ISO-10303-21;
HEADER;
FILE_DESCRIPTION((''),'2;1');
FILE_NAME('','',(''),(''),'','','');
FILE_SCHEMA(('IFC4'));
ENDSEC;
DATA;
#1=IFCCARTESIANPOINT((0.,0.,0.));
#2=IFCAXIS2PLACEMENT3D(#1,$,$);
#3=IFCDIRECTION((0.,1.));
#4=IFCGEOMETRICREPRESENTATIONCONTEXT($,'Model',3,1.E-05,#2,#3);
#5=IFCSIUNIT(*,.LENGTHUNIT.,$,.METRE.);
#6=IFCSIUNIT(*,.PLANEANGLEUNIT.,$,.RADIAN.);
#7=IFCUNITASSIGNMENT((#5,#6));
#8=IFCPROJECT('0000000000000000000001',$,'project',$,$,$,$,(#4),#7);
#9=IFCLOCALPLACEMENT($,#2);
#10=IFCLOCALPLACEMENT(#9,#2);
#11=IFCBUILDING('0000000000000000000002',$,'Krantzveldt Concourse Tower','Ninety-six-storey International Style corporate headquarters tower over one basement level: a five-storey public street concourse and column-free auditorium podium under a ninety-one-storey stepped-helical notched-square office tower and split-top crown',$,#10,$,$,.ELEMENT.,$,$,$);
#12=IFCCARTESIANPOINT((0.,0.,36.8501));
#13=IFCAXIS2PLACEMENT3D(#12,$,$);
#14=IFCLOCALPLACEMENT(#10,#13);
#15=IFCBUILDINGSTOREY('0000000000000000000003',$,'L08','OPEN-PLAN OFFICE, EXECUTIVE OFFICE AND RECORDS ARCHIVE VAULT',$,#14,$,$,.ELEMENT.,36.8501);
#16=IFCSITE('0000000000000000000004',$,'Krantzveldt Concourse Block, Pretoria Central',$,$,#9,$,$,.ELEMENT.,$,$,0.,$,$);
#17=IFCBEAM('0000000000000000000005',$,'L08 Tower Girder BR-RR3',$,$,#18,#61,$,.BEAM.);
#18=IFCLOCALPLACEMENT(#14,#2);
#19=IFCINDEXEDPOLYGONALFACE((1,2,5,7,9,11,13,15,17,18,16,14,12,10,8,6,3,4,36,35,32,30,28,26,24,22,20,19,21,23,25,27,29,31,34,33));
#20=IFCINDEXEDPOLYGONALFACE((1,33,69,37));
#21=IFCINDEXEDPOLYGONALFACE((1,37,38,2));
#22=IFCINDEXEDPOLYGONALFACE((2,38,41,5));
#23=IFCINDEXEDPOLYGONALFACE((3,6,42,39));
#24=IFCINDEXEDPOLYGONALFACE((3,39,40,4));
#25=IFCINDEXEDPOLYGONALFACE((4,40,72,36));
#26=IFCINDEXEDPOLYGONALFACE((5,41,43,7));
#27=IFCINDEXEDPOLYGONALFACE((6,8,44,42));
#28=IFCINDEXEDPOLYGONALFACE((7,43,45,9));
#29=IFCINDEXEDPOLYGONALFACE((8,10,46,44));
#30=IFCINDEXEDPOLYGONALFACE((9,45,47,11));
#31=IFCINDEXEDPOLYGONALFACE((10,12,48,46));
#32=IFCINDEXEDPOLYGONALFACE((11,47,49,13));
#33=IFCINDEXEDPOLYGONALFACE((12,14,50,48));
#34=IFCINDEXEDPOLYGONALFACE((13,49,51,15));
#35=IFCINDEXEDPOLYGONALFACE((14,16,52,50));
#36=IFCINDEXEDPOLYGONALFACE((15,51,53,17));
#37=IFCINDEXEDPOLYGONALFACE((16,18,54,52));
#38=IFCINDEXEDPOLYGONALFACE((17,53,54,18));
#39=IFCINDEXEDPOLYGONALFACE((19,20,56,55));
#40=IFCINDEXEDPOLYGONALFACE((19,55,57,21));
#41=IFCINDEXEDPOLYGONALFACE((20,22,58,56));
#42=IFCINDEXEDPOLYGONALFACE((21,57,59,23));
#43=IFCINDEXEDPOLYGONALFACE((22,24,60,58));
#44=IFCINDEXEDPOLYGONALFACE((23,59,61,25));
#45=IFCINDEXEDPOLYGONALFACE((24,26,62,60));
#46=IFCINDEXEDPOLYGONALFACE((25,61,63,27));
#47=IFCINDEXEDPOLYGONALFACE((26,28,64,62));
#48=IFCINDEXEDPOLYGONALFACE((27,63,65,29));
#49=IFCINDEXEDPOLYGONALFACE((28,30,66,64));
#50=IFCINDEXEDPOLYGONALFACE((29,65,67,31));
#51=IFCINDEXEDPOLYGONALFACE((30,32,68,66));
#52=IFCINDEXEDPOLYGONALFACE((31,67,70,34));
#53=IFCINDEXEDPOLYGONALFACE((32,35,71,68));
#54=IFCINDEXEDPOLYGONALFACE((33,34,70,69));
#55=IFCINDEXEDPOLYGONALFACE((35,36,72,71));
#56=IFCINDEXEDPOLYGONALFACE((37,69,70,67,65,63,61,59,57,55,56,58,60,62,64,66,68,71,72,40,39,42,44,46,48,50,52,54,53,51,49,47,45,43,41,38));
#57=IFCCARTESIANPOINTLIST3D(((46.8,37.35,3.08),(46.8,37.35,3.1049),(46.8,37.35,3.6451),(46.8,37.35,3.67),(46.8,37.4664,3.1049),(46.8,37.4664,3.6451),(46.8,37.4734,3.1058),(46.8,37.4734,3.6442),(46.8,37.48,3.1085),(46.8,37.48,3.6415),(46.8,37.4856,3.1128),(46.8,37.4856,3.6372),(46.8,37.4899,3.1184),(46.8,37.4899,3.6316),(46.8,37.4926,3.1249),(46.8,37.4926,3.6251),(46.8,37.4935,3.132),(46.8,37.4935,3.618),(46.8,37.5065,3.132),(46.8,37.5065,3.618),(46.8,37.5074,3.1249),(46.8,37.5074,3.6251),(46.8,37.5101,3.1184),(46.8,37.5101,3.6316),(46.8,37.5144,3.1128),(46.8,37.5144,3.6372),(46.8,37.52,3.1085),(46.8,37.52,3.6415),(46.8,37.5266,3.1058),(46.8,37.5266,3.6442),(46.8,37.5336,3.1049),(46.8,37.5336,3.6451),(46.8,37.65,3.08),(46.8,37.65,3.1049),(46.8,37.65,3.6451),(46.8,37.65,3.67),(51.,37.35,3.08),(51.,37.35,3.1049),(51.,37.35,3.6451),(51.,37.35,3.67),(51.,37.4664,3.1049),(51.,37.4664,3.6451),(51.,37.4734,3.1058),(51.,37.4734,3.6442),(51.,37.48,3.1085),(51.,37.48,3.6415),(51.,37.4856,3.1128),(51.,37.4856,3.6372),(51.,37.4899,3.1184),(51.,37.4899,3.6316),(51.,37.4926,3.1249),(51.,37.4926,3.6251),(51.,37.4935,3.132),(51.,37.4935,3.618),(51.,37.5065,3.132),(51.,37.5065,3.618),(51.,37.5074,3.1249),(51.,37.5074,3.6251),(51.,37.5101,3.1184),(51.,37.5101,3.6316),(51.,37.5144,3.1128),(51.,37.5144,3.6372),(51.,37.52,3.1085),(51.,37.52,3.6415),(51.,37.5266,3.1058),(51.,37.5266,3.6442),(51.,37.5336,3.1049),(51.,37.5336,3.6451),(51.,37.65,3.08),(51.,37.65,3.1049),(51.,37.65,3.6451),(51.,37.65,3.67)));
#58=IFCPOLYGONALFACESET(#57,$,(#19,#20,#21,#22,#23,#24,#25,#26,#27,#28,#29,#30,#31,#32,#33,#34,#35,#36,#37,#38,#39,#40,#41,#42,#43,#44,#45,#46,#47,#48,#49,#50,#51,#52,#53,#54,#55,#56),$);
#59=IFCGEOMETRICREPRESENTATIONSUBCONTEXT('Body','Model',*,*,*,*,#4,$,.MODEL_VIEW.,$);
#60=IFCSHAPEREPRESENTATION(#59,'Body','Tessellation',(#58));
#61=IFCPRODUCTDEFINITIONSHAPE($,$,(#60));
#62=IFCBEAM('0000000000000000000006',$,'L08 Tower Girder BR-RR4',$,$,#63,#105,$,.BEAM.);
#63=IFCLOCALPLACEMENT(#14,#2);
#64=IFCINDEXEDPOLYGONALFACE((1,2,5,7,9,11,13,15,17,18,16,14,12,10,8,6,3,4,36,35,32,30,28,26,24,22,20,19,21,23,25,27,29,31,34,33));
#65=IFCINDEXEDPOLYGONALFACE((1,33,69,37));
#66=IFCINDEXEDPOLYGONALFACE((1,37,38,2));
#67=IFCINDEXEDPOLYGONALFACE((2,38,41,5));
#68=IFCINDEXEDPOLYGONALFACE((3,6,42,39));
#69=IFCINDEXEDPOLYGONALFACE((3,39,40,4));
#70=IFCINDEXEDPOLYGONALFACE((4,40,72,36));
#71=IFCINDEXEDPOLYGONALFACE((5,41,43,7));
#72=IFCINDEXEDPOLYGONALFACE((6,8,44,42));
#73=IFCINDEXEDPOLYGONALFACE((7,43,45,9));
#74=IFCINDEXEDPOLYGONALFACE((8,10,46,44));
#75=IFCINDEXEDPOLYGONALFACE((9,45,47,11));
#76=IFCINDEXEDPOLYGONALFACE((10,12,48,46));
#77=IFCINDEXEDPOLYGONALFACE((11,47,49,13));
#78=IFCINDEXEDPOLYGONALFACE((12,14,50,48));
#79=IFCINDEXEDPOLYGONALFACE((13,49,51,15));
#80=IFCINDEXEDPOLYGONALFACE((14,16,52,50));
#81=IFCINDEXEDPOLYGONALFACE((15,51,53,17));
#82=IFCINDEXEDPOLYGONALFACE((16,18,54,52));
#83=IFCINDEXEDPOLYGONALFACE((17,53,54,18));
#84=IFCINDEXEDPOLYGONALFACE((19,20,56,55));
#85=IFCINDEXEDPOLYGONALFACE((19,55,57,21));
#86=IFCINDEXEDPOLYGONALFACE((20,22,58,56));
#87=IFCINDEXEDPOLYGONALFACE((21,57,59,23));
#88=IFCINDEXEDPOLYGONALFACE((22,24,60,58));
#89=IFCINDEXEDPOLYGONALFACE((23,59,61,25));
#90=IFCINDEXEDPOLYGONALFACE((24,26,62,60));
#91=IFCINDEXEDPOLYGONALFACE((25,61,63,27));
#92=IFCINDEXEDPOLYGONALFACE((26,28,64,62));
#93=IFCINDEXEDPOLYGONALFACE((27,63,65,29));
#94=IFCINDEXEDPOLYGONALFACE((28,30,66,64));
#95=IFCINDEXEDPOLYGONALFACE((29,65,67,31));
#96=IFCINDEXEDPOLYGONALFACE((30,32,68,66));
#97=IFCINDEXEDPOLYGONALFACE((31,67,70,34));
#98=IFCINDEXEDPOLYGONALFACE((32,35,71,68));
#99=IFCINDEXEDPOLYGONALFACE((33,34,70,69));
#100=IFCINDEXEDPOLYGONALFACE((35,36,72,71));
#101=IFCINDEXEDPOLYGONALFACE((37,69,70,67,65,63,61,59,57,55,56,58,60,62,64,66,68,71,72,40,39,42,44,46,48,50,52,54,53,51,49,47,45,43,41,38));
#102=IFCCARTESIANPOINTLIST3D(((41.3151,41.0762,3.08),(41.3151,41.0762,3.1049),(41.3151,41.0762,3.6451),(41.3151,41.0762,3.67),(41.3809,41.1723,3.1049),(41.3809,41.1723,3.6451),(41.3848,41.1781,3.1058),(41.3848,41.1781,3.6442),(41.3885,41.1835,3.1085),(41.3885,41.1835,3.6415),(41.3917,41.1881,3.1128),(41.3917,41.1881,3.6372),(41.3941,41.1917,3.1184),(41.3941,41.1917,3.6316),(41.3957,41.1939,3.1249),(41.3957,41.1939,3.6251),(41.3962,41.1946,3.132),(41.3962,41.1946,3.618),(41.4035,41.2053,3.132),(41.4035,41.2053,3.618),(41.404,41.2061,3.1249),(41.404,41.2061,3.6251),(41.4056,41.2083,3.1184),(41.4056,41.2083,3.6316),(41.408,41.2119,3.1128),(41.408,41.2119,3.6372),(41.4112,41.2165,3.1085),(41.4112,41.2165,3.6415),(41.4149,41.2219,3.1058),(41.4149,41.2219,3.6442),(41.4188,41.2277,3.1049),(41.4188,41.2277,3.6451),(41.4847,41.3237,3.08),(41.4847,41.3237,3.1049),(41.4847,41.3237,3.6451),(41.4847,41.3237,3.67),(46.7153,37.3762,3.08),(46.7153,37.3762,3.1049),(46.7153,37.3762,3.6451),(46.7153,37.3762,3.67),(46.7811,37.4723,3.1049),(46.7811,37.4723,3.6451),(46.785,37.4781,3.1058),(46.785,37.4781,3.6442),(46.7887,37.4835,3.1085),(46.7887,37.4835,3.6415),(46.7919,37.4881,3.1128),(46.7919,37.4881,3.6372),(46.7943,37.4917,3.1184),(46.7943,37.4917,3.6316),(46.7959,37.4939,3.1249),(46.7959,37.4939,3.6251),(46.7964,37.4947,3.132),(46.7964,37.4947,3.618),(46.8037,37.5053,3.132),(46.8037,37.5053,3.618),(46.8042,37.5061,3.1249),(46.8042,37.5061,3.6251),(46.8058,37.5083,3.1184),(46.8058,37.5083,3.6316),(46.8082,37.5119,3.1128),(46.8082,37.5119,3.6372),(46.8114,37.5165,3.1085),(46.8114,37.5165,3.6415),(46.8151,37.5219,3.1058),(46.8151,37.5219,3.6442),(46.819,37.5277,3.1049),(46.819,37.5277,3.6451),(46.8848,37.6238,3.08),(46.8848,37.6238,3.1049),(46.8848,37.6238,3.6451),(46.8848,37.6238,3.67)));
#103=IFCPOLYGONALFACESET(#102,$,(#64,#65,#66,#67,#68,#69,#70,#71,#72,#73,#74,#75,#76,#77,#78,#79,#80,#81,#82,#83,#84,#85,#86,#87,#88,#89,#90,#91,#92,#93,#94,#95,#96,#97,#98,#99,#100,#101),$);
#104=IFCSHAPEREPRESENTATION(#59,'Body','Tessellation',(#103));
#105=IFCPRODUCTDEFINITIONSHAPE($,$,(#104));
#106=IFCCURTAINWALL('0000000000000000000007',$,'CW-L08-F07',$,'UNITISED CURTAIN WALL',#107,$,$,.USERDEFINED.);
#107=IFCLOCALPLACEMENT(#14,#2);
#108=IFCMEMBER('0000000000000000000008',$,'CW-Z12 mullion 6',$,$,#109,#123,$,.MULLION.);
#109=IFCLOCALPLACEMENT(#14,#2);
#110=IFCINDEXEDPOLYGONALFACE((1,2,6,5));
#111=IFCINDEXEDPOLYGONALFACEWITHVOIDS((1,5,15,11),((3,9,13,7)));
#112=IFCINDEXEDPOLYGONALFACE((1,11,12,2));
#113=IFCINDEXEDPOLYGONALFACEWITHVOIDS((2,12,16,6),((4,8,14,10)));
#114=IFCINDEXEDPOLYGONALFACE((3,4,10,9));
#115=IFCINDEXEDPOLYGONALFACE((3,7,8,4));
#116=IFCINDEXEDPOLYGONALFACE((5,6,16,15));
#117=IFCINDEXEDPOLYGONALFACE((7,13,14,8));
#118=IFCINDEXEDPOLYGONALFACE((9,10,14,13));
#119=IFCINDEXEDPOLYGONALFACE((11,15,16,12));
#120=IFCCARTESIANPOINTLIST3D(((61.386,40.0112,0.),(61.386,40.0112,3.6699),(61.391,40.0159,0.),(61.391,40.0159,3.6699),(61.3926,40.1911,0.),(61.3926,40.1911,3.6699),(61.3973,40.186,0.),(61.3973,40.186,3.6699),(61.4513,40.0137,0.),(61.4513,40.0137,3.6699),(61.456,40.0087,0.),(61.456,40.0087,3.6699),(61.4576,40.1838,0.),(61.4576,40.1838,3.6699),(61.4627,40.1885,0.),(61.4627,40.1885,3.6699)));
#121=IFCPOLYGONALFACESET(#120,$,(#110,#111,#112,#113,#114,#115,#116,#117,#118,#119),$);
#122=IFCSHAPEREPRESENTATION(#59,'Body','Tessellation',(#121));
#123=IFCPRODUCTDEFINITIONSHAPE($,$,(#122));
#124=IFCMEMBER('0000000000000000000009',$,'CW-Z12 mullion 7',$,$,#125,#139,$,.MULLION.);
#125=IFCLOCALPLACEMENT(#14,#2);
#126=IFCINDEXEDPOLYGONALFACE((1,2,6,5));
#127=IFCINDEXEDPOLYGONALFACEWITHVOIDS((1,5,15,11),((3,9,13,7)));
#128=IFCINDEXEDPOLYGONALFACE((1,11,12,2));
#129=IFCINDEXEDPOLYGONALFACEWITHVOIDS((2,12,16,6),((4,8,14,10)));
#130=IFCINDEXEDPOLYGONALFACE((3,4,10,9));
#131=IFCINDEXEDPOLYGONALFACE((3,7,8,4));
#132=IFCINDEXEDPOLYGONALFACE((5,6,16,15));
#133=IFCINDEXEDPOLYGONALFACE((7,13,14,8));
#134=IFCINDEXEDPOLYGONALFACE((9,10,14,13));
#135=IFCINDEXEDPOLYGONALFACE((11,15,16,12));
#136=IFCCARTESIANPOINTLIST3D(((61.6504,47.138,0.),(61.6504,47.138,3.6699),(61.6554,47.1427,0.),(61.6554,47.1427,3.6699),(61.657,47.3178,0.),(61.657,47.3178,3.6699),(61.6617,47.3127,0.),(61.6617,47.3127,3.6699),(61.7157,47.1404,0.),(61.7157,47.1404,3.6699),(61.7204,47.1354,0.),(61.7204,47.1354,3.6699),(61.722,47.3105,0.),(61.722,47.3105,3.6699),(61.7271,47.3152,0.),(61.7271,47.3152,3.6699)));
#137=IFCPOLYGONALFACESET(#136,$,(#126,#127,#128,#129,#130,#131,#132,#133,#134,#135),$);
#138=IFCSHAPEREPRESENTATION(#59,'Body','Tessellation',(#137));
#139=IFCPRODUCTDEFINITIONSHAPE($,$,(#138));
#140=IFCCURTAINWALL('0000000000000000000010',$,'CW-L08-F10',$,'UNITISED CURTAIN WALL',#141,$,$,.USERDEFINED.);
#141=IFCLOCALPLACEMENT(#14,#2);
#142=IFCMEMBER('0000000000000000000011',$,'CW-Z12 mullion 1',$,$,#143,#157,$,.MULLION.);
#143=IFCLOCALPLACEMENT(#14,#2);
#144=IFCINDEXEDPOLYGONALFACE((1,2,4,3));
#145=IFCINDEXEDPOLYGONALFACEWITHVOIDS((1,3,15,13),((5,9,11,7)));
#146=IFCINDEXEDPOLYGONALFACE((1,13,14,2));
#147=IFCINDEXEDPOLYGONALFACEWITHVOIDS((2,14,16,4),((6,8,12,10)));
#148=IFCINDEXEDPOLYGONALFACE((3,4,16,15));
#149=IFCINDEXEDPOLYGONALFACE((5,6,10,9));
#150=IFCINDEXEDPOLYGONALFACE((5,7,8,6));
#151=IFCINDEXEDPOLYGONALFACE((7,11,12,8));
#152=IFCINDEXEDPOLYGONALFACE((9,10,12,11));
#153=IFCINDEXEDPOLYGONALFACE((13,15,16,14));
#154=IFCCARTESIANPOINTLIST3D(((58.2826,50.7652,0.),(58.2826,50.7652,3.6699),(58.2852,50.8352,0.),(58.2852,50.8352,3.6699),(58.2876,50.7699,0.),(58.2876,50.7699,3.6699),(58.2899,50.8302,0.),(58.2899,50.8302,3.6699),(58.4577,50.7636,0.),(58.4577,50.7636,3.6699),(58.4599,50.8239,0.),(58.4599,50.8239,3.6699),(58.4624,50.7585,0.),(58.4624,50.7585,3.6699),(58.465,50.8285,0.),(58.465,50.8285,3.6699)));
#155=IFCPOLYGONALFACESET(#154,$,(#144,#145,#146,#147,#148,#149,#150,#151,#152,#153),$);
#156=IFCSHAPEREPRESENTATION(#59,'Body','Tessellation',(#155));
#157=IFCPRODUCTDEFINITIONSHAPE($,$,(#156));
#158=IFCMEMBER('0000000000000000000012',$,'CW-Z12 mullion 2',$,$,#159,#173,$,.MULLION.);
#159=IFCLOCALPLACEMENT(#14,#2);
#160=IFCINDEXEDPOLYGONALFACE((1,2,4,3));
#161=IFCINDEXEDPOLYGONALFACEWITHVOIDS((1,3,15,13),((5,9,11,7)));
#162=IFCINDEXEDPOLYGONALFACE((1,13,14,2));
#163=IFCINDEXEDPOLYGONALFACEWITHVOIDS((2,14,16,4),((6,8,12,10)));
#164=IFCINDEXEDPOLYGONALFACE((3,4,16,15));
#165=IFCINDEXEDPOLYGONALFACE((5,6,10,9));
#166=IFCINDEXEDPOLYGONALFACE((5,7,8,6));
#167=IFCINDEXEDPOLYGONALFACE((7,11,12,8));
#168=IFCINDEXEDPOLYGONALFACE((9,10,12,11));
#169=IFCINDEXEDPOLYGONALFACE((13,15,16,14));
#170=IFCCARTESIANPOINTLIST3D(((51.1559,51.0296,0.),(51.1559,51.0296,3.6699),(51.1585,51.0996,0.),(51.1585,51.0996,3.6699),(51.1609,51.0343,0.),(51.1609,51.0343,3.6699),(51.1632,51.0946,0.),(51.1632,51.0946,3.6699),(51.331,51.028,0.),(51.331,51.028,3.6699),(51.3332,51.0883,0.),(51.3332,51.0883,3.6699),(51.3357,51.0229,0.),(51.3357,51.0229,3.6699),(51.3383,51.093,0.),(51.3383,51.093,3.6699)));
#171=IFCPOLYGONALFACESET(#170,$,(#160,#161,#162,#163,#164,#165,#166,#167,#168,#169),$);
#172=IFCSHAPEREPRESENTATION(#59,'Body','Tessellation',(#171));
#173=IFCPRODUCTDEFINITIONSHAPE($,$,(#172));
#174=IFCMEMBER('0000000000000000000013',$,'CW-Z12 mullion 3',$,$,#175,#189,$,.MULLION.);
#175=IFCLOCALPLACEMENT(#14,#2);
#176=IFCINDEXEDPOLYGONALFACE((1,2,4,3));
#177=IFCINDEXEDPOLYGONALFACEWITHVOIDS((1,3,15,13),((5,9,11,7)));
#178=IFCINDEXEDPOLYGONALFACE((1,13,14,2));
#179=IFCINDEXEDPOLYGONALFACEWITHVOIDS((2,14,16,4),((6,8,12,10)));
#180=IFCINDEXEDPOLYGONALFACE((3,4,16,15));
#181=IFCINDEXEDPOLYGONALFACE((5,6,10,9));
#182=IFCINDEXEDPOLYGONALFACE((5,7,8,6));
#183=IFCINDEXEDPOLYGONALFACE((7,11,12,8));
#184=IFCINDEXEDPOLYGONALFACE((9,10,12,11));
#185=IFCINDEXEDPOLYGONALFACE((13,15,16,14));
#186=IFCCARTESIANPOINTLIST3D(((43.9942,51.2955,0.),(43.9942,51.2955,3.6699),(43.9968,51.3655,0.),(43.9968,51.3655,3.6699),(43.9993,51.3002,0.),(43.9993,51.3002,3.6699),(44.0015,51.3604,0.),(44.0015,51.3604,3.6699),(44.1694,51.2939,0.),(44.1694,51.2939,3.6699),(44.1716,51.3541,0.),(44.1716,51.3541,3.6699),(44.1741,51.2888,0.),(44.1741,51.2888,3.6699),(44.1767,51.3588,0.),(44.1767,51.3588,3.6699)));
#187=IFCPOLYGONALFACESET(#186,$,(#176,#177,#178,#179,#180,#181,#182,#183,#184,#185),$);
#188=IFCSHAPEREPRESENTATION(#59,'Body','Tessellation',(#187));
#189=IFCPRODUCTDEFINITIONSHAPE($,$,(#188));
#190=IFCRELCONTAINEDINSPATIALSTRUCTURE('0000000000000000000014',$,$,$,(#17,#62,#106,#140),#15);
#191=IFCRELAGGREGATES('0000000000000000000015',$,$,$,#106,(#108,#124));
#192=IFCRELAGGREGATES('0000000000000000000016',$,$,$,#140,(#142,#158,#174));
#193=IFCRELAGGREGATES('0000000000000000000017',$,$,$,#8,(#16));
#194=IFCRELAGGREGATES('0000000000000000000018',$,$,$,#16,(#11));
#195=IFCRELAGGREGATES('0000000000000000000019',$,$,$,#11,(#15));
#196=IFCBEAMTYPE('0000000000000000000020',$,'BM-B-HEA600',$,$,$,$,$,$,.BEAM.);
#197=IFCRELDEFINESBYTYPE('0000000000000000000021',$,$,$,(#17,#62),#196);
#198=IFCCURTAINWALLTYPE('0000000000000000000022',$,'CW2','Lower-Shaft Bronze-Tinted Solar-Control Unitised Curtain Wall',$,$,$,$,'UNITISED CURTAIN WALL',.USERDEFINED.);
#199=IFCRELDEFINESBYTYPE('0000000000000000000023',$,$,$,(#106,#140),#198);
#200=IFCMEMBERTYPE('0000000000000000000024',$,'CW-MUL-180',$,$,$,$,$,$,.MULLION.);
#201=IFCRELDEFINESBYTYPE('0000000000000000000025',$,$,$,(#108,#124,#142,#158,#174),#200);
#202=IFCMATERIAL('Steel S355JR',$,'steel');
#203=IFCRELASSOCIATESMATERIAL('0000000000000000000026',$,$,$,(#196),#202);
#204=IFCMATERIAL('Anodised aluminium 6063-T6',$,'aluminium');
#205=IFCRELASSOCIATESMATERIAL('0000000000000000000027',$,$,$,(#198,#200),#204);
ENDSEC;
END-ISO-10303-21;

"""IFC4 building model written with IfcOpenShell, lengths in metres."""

from ifc_helpers import new_model, si_unit, direction, frame, origin, origin_2d, place, context, subcontext, project, spatial, hollow_rectangle, i_section, extrude, source, transform, mapped, material, material_profile, profile_set, type_object, type_shapes, element, aggregate, save


model = new_model("IFC4")

# Units and contexts
model_context = context("Model", 3, precision=1e-05, world=origin(), true_north=direction((0.0, 1.0)))
body_context = subcontext(model_context, "Body", "Model", "MODEL_VIEW")
ifc_project = project(units=[si_unit("LENGTHUNIT", "METRE"), si_unit("PLANEANGLEUNIT", "RADIAN")], contexts=[model_context])

# Site, building, storey
site_placement = place(None, origin())
site = spatial("IfcSite", under=ifc_project, at=site_placement, Name="Krantzveldt Concourse Block, Pretoria Central", CompositionType="ELEMENT", RefElevation=0.0)
building_placement = place(site_placement, origin())
building = spatial("IfcBuilding", under=site, at=building_placement, Name="Krantzveldt Concourse Tower", Description="Ninety-six-storey International Style corporate headquarters tower over one basement level: a five-storey public street concourse and column-free auditorium podium under a ninety-one-storey stepped-helical notched-square office tower and split-top crown", CompositionType="ELEMENT")
storey_placement = place(building_placement, frame((0.0, 0.0, 36.8501)))
storey = spatial("IfcBuildingStorey", under=building, at=storey_placement, Name="L08", Description="OPEN-PLAN OFFICE, EXECUTIVE OFFICE AND RECORDS ARCHIVE VAULT", CompositionType="ELEMENT", Elevation=36.8501)

# Beams
ifc_material_1 = material(Name="Steel S355JR", Category="steel")
ifc_material_profile_1 = material_profile(ifc_material_1, i_section(OverallWidth=0.3, OverallDepth=0.5901, WebThickness=0.0129, FlangeThickness=0.0249, FilletRadius=0.0271, at=origin_2d()), Name="Steel S355JR", Category="steel")
ifc_profile_set_1 = profile_set([ifc_material_profile_1], Name="Steel S355JR - HEA 600")
beam_type_1 = type_object("IfcBeamType", Name="BM-B-HEA600", PredefinedType="BEAM", material=ifc_profile_set_1)
shared_shape_1 = source(origin(), body_context, "Body", "SweptSolid", [
    extrude(i_section(OverallWidth=0.3, OverallDepth=0.5901, WebThickness=0.0129, FlangeThickness=0.0249, FilletRadius=0.0271, at=origin_2d()), origin(), (0.0, 0.0, 1.0), 4.2),
])
beam_1_placement = place(storey_placement, frame((46.8, 37.5, 3.375), z_axis=(1.0, 0.0, 0.0), x_axis=(0.0, 1.0, 0.0)))
element("IfcBeam", 1, at=beam_1_placement, inside=storey, type_object=beam_type_1, Name="L08 Tower Girder BR-RR3", PredefinedType="BEAM", context=body_context, shape_type="MappedRepresentation", body=[
    mapped(shared_shape_1, transform((0.0, 0.0, 0.0), x_axis=(1.0, 0.0, 0.0), y_axis=(0.0, 1.0, 0.0), z_axis=(0.0, 0.0, 1.0), scale=1.0)),
])
shared_shape_2 = source(origin(), body_context, "Body", "SweptSolid", [
    extrude(i_section(OverallWidth=0.3, OverallDepth=0.5901, WebThickness=0.0129, FlangeThickness=0.0249, FilletRadius=0.0271, at=origin_2d()), origin(), (0.0, 0.0, 1.0), 6.5461),
])
type_shapes(beam_type_1, [shared_shape_1, shared_shape_2])
beam_2_placement = place(storey_placement, frame((46.8, 37.5, 3.375), z_axis=(-0.824943, 0.565216, 0.0), x_axis=(-0.565216, -0.824943, 0.0)))
element("IfcBeam", 2, at=beam_2_placement, inside=storey, type_object=beam_type_1, Name="L08 Tower Girder BR-RR4", PredefinedType="BEAM", context=body_context, shape_type="MappedRepresentation", body=[
    mapped(shared_shape_2, transform((0.0, 0.0, 0.0), x_axis=(1.0, 0.0, 0.0), y_axis=(0.0, 1.0, 0.0), z_axis=(0.0, 0.0, 1.0), scale=1.0)),
])

# Curtain walls, members
ifc_material_2 = material(Name="Anodised aluminium 6063-T6", Category="aluminium")
curtain_wall_type = type_object("IfcCurtainWallType", Name="CW2", Description="Lower-Shaft Bronze-Tinted Solar-Control Unitised Curtain Wall", ElementType="UNITISED CURTAIN WALL", PredefinedType="USERDEFINED", material=ifc_material_2)
curtain_wall_1_placement = place(storey_placement, origin())
curtain_wall_1 = element("IfcCurtainWall", 3, at=curtain_wall_1_placement, inside=storey, type_object=curtain_wall_type, Name="CW-L08-F07", ObjectType="UNITISED CURTAIN WALL", PredefinedType="USERDEFINED")
ifc_material_profile_2 = material_profile(ifc_material_2, hollow_rectangle(XDim=0.0701, YDim=0.1799, WallThickness=0.0049, at=origin_2d()), Name="Anodised aluminium 6063-T6", Category="aluminium")
ifc_profile_set_2 = profile_set([ifc_material_profile_2], Name="Anodised aluminium 6063-T6 - ALU-MULL 180x70x5")
member_type_1 = type_object("IfcMemberType", Name="CW-MUL-180", PredefinedType="MULLION", material=ifc_profile_set_2)
shared_shape_3 = source(origin(), body_context, "Body", "SweptSolid", [
    extrude(hollow_rectangle(XDim=0.0701, YDim=0.1799, WallThickness=0.0049, at=origin_2d()), origin(), (0.0, 0.0, 1.0), 3.6699),
])
type_shapes(member_type_1, [shared_shape_3])
member_1_placement = place(storey_placement, frame((61.4243, 40.0999, 0.0), z_axis=(0.0, 0.0, 1.0), x_axis=(-0.999312, 0.03708, 0.0)))
member_1 = element("IfcMember", 4, at=member_1_placement, type_object=member_type_1, Name="CW-Z12 mullion 6", PredefinedType="MULLION", context=body_context, shape_type="MappedRepresentation", body=[
    mapped(shared_shape_3, transform((0.0, 0.0, 0.0), x_axis=(1.0, 0.0, 0.0), y_axis=(0.0, 1.0, 0.0), z_axis=(0.0, 0.0, 1.0), scale=1.0)),
])
member_2_placement = place(storey_placement, frame((61.6887, 47.2266, 0.0), z_axis=(0.0, 0.0, 1.0), x_axis=(-0.999312, 0.03708, 0.0)))
member_2 = element("IfcMember", 5, at=member_2_placement, type_object=member_type_1, Name="CW-Z12 mullion 7", PredefinedType="MULLION", context=body_context, shape_type="MappedRepresentation", body=[
    mapped(shared_shape_3, transform((0.0, 0.0, 0.0), x_axis=(1.0, 0.0, 0.0), y_axis=(0.0, 1.0, 0.0), z_axis=(0.0, 0.0, 1.0), scale=1.0)),
])
curtain_wall_2_placement = place(storey_placement, origin())
curtain_wall_2 = element("IfcCurtainWall", 6, at=curtain_wall_2_placement, inside=storey, type_object=curtain_wall_type, Name="CW-L08-F10", ObjectType="UNITISED CURTAIN WALL", PredefinedType="USERDEFINED")
member_3_placement = place(storey_placement, frame((58.3738, 50.7969, 0.0), z_axis=(0.0, 0.0, 1.0), x_axis=(-0.03708, -0.999312, 0.0)))
member_3 = element("IfcMember", 7, at=member_3_placement, type_object=member_type_1, Name="CW-Z12 mullion 1", PredefinedType="MULLION", context=body_context, shape_type="MappedRepresentation", body=[
    mapped(shared_shape_3, transform((0.0, 0.0, 0.0), x_axis=(1.0, 0.0, 0.0), y_axis=(0.0, 1.0, 0.0), z_axis=(0.0, 0.0, 1.0), scale=1.0)),
])
member_4_placement = place(storey_placement, frame((51.2471, 51.0613, 0.0), z_axis=(0.0, 0.0, 1.0), x_axis=(-0.03708, -0.999312, 0.0)))
member_4 = element("IfcMember", 8, at=member_4_placement, type_object=member_type_1, Name="CW-Z12 mullion 2", PredefinedType="MULLION", context=body_context, shape_type="MappedRepresentation", body=[
    mapped(shared_shape_3, transform((0.0, 0.0, 0.0), x_axis=(1.0, 0.0, 0.0), y_axis=(0.0, 1.0, 0.0), z_axis=(0.0, 0.0, 1.0), scale=1.0)),
])
member_5_placement = place(storey_placement, frame((44.0854, 51.3271, 0.0), z_axis=(0.0, 0.0, 1.0), x_axis=(-0.03708, -0.999312, 0.0)))
member_5 = element("IfcMember", 9, at=member_5_placement, type_object=member_type_1, Name="CW-Z12 mullion 3", PredefinedType="MULLION", context=body_context, shape_type="MappedRepresentation", body=[
    mapped(shared_shape_3, transform((0.0, 0.0, 0.0), x_axis=(1.0, 0.0, 0.0), y_axis=(0.0, 1.0, 0.0), z_axis=(0.0, 0.0, 1.0), scale=1.0)),
])

aggregate(curtain_wall_1, [member_1, member_2])
aggregate(curtain_wall_2, [member_3, member_4, member_5])

save(model, "model.ifc")
